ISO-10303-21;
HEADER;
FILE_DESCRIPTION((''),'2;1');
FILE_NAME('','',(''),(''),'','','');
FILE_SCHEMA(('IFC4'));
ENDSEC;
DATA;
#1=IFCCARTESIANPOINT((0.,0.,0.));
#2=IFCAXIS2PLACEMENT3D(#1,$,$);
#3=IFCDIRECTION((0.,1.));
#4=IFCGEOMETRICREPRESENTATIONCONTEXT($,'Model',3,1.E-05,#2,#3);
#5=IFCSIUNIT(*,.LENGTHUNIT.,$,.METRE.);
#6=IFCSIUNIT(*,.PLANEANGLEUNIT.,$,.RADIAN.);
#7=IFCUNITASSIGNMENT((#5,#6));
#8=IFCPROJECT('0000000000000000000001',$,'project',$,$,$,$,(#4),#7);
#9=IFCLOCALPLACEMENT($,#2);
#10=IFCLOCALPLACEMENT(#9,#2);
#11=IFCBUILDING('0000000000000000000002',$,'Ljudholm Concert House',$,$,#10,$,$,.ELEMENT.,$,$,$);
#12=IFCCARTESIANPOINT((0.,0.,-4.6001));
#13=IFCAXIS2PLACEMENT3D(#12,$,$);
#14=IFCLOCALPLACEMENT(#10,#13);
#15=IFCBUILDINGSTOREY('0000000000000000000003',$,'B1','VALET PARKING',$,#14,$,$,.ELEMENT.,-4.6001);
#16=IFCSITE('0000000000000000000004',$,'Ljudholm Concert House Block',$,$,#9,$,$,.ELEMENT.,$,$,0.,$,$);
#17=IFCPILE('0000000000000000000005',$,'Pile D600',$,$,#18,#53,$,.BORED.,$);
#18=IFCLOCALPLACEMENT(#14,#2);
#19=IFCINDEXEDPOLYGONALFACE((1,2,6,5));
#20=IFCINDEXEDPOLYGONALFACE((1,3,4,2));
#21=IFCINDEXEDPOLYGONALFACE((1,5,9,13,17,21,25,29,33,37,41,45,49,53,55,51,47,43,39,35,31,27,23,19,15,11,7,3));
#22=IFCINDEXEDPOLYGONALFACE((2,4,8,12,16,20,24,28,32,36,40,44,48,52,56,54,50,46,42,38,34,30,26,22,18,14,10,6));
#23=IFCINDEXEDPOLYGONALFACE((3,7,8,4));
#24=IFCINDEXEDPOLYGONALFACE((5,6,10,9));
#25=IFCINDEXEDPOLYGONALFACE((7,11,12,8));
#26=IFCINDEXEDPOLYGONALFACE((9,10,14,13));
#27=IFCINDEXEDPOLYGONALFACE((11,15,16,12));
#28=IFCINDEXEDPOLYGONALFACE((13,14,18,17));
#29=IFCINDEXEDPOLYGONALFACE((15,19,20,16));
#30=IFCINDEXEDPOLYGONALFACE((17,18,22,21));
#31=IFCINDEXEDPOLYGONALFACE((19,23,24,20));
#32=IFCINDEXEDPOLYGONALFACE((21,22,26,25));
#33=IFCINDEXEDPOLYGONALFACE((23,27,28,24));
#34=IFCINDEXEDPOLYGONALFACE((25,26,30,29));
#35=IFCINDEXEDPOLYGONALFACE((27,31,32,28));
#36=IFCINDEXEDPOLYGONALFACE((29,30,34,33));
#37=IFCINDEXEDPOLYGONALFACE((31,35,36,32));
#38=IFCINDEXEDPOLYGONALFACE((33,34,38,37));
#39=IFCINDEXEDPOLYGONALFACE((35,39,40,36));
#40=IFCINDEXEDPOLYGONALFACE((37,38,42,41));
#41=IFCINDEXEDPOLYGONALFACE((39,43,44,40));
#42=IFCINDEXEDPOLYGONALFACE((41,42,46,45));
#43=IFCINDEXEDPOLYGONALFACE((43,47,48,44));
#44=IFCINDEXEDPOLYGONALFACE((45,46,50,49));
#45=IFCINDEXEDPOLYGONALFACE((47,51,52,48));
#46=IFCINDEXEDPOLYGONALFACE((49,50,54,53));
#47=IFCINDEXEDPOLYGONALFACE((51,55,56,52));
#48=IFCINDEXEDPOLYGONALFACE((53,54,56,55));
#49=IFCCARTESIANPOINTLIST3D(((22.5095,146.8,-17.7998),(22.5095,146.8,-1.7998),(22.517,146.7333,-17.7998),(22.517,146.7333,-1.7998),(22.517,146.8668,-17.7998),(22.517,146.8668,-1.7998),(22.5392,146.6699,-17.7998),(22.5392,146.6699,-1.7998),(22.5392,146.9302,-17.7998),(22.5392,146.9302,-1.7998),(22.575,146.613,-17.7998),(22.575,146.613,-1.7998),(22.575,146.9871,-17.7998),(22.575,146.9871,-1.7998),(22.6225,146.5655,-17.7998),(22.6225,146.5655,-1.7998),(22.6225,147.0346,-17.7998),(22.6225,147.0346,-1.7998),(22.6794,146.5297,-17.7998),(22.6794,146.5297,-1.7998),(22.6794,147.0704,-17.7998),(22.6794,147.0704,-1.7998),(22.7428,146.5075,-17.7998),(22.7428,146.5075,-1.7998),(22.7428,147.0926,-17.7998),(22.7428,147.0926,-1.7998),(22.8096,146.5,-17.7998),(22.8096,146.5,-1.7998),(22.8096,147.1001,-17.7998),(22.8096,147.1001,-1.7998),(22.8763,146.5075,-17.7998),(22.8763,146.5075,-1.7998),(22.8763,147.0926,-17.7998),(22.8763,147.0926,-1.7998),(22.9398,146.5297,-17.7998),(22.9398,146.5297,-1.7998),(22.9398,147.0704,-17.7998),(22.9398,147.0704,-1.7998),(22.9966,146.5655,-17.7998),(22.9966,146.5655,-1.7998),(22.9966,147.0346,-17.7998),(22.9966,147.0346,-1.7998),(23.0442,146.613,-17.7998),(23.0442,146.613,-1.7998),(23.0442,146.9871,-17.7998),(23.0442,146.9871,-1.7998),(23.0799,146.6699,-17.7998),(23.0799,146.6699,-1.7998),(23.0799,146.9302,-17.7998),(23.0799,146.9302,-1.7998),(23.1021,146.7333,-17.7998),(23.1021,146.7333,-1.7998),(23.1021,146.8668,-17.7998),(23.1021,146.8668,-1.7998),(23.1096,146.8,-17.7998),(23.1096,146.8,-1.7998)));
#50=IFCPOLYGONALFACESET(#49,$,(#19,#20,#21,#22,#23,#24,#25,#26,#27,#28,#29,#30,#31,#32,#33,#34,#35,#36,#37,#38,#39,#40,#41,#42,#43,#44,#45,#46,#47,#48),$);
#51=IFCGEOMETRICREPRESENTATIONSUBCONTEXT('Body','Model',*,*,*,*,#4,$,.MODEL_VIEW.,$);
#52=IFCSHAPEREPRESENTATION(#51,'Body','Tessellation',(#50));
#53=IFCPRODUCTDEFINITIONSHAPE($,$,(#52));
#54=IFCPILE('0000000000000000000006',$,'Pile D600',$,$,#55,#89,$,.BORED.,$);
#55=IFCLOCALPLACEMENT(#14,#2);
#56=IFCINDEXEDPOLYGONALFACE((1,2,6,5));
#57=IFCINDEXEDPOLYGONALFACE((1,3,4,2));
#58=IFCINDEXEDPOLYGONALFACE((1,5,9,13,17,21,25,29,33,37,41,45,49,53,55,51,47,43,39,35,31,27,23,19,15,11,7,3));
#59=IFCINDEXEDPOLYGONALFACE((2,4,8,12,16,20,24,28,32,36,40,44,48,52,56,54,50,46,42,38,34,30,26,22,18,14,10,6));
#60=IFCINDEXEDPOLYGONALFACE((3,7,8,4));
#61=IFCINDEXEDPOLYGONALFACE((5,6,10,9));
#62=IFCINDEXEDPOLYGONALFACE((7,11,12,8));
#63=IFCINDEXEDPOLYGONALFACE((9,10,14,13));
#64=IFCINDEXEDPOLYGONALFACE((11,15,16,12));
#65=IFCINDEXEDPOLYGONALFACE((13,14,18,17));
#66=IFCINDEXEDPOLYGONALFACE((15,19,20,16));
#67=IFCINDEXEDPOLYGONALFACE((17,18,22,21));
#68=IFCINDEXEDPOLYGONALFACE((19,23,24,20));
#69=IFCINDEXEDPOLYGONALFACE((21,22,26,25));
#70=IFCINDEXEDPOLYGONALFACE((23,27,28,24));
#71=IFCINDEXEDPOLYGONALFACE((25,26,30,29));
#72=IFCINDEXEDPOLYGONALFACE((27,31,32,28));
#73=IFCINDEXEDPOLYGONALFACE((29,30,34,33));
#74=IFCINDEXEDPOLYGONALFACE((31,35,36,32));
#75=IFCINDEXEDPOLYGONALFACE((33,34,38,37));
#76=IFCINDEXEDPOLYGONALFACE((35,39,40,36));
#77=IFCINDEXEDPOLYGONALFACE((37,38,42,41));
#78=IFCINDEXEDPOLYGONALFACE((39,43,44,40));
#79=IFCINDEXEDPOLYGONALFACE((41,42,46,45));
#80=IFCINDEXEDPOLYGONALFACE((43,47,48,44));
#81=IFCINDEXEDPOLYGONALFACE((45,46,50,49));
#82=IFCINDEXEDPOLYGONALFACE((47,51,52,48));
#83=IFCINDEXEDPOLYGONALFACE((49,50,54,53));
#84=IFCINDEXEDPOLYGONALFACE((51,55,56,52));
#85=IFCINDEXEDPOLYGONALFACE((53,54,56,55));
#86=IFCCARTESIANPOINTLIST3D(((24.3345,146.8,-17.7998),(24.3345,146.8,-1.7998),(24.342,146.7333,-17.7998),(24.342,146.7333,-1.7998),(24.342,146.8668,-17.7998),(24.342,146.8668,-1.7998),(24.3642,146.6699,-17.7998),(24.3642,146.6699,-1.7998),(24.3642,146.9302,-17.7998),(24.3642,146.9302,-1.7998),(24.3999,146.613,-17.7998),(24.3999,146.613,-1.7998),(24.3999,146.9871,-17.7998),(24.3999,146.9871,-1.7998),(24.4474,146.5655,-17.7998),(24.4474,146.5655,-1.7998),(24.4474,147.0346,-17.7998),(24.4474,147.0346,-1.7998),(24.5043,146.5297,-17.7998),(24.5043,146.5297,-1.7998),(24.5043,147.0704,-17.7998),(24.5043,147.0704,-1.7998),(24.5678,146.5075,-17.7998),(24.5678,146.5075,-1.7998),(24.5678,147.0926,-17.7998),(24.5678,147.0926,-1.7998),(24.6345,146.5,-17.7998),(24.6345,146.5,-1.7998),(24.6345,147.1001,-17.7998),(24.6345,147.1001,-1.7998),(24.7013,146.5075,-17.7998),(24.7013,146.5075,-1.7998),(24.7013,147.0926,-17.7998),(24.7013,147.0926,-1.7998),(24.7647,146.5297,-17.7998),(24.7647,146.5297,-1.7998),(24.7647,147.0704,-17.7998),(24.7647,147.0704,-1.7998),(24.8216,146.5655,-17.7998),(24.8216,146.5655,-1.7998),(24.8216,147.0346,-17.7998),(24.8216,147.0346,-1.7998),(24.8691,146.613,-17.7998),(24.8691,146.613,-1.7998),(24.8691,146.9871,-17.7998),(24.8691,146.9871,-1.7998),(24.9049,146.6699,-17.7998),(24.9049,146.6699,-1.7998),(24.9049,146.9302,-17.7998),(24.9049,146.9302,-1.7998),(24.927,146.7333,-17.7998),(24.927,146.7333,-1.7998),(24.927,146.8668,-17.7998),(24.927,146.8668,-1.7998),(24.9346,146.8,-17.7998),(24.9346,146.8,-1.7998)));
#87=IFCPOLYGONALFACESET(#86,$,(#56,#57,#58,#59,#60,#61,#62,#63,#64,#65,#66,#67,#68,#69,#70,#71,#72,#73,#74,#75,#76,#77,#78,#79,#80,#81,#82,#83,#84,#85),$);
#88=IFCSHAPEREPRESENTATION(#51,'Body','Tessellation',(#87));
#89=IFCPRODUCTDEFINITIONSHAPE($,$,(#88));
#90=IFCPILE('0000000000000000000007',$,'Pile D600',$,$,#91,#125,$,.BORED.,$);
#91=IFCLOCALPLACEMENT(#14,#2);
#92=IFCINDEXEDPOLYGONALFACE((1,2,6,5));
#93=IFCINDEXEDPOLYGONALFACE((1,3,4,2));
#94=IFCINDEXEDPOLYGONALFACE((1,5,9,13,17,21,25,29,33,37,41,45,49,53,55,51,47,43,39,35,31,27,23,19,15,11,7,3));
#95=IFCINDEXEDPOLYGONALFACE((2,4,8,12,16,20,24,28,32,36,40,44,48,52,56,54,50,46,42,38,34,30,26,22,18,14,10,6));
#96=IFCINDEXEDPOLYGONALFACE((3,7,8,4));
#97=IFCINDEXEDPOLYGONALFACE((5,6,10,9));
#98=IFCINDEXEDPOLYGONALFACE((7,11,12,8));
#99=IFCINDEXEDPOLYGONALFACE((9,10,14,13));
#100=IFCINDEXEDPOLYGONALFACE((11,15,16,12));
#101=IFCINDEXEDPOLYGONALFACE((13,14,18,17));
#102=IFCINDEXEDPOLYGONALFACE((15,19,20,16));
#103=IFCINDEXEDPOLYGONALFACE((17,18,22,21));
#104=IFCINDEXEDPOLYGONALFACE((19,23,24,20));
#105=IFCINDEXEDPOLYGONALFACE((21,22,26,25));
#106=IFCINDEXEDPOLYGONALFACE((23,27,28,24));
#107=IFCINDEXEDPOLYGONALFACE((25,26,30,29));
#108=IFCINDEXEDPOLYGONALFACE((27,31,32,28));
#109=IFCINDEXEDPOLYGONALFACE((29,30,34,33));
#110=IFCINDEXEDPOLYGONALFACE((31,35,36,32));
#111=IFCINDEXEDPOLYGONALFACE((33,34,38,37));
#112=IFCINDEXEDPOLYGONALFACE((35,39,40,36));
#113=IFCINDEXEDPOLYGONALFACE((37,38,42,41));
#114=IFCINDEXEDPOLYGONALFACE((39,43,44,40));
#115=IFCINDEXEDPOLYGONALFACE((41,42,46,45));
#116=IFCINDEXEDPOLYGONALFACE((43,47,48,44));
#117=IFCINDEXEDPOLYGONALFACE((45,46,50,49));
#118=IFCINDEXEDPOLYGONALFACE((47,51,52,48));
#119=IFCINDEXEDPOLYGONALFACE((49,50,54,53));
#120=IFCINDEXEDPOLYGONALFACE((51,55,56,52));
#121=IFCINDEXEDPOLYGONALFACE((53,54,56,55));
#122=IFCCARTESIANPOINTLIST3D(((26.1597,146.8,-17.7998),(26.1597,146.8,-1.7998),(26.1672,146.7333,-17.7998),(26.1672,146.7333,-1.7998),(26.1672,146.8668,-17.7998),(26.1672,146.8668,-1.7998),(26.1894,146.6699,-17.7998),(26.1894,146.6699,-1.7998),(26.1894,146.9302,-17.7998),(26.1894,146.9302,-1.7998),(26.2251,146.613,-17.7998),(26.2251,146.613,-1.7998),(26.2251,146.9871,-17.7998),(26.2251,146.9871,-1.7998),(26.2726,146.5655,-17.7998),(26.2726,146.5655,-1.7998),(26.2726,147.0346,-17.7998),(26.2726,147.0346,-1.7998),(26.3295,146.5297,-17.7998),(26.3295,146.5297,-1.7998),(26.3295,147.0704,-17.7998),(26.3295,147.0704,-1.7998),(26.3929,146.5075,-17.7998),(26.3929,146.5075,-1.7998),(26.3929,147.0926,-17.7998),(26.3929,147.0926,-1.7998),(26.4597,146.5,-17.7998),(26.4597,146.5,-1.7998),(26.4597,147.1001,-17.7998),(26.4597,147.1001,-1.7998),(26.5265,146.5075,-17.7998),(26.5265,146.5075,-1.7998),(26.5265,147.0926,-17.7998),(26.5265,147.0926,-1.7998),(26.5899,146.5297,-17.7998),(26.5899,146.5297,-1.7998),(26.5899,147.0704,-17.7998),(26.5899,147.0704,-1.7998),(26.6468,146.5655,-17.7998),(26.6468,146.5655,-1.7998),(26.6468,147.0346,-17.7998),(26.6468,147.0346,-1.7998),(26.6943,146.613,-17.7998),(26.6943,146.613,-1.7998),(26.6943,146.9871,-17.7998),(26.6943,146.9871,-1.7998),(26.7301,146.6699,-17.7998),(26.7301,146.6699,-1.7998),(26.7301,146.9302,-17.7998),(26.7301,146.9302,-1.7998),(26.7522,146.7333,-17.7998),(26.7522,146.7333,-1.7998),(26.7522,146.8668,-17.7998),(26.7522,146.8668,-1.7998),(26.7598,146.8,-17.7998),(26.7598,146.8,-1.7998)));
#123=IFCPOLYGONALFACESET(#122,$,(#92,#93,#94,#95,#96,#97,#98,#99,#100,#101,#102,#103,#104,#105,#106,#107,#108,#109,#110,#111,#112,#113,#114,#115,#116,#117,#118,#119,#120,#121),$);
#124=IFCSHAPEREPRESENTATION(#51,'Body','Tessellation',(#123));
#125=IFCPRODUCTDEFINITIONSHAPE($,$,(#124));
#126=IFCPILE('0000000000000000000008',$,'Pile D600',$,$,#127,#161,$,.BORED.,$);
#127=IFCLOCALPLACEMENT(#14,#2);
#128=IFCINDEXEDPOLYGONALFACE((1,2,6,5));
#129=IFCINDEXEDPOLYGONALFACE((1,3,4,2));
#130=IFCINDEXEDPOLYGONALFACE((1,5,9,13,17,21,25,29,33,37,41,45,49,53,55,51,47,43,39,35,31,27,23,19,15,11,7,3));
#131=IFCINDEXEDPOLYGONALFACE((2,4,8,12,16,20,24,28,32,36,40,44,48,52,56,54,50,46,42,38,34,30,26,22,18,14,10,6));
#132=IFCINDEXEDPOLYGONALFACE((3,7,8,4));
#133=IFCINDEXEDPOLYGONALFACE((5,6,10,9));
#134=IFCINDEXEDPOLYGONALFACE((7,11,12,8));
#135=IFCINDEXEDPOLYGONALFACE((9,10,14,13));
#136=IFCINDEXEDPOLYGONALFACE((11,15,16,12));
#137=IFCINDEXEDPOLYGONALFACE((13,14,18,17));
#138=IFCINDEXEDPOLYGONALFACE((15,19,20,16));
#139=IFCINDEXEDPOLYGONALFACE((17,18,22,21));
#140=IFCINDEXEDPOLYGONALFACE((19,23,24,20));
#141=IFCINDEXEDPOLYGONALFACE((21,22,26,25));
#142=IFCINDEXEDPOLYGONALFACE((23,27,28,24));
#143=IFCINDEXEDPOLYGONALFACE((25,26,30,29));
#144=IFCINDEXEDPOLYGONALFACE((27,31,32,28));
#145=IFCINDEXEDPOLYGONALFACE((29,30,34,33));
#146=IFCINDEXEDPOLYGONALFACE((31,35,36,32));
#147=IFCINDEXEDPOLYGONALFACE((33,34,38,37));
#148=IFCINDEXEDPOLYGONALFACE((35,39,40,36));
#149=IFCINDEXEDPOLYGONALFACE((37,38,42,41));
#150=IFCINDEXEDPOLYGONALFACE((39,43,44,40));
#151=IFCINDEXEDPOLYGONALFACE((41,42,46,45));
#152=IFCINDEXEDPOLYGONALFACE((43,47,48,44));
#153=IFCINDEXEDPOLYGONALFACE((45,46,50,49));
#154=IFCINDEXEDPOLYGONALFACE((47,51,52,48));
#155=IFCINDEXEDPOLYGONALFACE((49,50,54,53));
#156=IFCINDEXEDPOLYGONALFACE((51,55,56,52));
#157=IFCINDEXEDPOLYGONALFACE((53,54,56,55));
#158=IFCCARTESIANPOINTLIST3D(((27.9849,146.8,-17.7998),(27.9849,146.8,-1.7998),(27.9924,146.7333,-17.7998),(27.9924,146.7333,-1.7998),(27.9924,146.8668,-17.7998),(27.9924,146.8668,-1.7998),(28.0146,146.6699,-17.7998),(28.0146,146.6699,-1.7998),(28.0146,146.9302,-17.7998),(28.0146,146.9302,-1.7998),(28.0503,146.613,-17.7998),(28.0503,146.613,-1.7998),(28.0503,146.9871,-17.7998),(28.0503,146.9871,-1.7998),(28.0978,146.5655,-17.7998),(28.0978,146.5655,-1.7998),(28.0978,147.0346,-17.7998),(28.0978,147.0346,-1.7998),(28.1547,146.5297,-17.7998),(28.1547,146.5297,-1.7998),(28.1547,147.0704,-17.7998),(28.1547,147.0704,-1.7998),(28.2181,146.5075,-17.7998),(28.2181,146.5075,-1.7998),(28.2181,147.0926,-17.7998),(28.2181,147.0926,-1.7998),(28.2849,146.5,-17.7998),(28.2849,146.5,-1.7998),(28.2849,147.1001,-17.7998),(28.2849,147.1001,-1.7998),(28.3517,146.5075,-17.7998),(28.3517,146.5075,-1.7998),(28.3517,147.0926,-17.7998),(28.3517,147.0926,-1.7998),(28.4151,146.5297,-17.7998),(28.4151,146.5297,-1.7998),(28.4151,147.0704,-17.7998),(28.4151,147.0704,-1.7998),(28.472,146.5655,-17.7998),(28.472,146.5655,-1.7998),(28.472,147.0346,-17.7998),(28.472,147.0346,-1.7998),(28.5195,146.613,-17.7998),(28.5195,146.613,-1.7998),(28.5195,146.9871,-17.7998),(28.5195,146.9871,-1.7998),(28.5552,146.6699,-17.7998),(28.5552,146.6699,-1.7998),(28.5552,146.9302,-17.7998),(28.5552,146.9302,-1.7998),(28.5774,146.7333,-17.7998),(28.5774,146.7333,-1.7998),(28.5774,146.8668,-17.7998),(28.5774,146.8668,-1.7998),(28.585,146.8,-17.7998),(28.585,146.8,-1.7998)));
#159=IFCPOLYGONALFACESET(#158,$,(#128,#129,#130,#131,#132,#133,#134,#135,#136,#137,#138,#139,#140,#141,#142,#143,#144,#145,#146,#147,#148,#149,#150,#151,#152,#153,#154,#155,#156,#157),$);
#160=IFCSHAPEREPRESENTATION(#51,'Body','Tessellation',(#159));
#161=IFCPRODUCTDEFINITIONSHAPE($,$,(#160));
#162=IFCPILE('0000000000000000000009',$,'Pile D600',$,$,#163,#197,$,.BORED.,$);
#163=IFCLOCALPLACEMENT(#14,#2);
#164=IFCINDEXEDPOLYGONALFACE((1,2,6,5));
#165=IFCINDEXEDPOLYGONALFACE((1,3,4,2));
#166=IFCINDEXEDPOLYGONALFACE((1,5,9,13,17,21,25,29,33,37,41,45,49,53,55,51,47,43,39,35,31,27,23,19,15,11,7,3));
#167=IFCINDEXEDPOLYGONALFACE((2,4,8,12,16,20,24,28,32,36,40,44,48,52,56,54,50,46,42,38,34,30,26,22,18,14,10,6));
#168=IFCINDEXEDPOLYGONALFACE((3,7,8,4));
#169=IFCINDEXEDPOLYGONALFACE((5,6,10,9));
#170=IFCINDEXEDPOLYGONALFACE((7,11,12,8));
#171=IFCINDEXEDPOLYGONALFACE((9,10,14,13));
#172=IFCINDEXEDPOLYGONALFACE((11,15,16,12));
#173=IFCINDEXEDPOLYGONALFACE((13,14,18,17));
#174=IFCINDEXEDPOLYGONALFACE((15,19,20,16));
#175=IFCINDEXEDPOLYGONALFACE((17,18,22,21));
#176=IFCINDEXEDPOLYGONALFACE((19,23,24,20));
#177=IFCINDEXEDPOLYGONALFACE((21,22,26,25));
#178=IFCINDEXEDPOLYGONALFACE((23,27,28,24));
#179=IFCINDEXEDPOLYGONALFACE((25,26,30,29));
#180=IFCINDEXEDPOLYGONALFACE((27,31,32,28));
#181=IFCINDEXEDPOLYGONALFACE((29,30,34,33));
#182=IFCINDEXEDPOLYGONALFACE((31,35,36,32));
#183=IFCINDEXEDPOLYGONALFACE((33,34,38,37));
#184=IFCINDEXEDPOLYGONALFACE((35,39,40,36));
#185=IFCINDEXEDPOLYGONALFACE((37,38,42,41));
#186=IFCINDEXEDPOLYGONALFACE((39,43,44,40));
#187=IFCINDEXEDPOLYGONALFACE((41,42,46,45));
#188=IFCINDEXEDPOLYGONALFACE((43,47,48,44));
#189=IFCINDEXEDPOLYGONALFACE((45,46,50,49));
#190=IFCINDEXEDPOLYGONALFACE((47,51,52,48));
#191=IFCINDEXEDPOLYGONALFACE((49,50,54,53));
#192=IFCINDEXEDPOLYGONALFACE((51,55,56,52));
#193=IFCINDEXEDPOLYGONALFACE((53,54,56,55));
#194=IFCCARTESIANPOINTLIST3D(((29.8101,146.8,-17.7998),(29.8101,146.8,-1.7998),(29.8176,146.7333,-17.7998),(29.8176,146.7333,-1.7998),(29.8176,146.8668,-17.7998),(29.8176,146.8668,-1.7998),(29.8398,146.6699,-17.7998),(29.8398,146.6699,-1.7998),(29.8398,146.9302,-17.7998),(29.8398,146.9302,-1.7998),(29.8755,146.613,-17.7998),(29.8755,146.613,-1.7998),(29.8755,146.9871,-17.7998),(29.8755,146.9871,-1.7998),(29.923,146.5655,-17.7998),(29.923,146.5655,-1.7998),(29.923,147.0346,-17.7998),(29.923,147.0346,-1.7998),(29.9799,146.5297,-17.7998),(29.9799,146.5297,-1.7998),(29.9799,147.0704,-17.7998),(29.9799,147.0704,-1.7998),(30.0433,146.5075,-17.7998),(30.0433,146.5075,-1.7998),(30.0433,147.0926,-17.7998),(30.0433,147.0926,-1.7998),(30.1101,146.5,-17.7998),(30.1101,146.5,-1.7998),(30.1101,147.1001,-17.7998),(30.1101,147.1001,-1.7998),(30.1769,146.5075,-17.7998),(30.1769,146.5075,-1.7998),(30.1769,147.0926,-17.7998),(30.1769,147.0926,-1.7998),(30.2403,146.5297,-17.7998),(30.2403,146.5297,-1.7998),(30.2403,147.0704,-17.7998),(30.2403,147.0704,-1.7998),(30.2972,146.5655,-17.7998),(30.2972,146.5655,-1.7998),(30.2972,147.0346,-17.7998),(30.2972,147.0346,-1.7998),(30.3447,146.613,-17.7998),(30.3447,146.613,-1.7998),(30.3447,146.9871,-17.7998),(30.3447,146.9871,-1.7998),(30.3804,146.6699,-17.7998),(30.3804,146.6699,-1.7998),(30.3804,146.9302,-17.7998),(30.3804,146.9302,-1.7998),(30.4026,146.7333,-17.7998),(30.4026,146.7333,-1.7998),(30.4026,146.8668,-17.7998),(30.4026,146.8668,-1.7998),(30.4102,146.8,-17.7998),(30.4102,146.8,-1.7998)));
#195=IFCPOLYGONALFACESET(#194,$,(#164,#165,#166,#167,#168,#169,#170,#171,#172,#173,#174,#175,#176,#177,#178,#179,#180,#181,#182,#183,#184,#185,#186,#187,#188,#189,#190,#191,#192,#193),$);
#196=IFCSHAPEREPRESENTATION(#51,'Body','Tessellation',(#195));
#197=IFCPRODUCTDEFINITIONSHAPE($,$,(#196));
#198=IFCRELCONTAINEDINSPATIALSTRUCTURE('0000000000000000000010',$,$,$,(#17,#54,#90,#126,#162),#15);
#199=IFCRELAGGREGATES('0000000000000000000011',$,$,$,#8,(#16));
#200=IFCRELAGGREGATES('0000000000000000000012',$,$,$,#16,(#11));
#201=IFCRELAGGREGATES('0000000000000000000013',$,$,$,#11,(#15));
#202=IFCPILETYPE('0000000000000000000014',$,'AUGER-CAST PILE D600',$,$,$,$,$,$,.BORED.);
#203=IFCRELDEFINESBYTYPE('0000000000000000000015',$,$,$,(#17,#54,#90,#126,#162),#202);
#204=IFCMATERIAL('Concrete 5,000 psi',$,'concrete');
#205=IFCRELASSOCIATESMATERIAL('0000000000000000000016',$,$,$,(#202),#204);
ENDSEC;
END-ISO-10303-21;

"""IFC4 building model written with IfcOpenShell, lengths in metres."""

from ifc_helpers import new_model, si_unit, direction, frame, origin, origin_2d, place, context, subcontext, project, spatial, circle, extrude, material, material_profile, profile_set, type_object, element, save


model = new_model("IFC4")

# Units and contexts
model_context = context("Model", 3, precision=1e-05, world=origin(), true_north=direction((0.0, 1.0)))
body_context = subcontext(model_context, "Body", "Model", "MODEL_VIEW")
ifc_project = project(units=[si_unit("LENGTHUNIT", "METRE"), si_unit("PLANEANGLEUNIT", "RADIAN")], contexts=[model_context])

# Site, building, storey
site_placement = place(None, origin())
site = spatial("IfcSite", under=ifc_project, at=site_placement, Name="Ljudholm Concert House Block", CompositionType="ELEMENT", RefElevation=0.0)
building_placement = place(site_placement, origin())
building = spatial("IfcBuilding", under=site, at=building_placement, Name="Ljudholm Concert House", CompositionType="ELEMENT")
storey_placement = place(building_placement, frame((0.0, 0.0, -4.6001)))
storey = spatial("IfcBuildingStorey", under=building, at=storey_placement, Name="B1", Description="VALET PARKING", CompositionType="ELEMENT", Elevation=-4.6001)

# Piles
ifc_material_1 = material(Name="Concrete 5,000 psi", Category="concrete")
ifc_material_profile_1 = material_profile(ifc_material_1, circle(Radius=0.3, at=origin_2d()), Name="AUGER-CAST PILE D600")
ifc_profile_set_1 = profile_set([ifc_material_profile_1], Name="Concrete 5,000 psi")
pile_type = type_object("IfcPileType", Name="AUGER-CAST PILE D600", PredefinedType="BORED", material=ifc_profile_set_1)
for number, where, z_axis, x_axis, name in (
    (1, (22.8096, 146.8, -1.7998), (0.0, 0.0, -1.0), (1.0, 0.0, 0.0), "Pile D600"),
    (2, (24.6345, 146.8, -1.7998), (0.0, 0.0, -1.0), (1.0, 0.0, 0.0), "Pile D600"),
    (3, (26.4597, 146.8, -1.7998), (0.0, 0.0, -1.0), (1.0, 0.0, 0.0), "Pile D600"),
    (4, (28.2849, 146.8, -1.7998), (0.0, 0.0, -1.0), (1.0, 0.0, 0.0), "Pile D600"),
    (5, (30.1101, 146.8, -1.7998), (0.0, 0.0, -1.0), (1.0, 0.0, 0.0), "Pile D600"),
):
    element("IfcPile", number, at=place(storey_placement, frame(where, z_axis=z_axis, x_axis=x_axis)), inside=storey, type_object=pile_type, Name=name, PredefinedType="BORED", context=body_context, shape_type="SweptSolid", body=[
        extrude(circle(Radius=0.3, at=origin_2d()), origin(), (0.0, 0.0, 1.0), 16.0),
    ])

save(model, "model.ifc")
